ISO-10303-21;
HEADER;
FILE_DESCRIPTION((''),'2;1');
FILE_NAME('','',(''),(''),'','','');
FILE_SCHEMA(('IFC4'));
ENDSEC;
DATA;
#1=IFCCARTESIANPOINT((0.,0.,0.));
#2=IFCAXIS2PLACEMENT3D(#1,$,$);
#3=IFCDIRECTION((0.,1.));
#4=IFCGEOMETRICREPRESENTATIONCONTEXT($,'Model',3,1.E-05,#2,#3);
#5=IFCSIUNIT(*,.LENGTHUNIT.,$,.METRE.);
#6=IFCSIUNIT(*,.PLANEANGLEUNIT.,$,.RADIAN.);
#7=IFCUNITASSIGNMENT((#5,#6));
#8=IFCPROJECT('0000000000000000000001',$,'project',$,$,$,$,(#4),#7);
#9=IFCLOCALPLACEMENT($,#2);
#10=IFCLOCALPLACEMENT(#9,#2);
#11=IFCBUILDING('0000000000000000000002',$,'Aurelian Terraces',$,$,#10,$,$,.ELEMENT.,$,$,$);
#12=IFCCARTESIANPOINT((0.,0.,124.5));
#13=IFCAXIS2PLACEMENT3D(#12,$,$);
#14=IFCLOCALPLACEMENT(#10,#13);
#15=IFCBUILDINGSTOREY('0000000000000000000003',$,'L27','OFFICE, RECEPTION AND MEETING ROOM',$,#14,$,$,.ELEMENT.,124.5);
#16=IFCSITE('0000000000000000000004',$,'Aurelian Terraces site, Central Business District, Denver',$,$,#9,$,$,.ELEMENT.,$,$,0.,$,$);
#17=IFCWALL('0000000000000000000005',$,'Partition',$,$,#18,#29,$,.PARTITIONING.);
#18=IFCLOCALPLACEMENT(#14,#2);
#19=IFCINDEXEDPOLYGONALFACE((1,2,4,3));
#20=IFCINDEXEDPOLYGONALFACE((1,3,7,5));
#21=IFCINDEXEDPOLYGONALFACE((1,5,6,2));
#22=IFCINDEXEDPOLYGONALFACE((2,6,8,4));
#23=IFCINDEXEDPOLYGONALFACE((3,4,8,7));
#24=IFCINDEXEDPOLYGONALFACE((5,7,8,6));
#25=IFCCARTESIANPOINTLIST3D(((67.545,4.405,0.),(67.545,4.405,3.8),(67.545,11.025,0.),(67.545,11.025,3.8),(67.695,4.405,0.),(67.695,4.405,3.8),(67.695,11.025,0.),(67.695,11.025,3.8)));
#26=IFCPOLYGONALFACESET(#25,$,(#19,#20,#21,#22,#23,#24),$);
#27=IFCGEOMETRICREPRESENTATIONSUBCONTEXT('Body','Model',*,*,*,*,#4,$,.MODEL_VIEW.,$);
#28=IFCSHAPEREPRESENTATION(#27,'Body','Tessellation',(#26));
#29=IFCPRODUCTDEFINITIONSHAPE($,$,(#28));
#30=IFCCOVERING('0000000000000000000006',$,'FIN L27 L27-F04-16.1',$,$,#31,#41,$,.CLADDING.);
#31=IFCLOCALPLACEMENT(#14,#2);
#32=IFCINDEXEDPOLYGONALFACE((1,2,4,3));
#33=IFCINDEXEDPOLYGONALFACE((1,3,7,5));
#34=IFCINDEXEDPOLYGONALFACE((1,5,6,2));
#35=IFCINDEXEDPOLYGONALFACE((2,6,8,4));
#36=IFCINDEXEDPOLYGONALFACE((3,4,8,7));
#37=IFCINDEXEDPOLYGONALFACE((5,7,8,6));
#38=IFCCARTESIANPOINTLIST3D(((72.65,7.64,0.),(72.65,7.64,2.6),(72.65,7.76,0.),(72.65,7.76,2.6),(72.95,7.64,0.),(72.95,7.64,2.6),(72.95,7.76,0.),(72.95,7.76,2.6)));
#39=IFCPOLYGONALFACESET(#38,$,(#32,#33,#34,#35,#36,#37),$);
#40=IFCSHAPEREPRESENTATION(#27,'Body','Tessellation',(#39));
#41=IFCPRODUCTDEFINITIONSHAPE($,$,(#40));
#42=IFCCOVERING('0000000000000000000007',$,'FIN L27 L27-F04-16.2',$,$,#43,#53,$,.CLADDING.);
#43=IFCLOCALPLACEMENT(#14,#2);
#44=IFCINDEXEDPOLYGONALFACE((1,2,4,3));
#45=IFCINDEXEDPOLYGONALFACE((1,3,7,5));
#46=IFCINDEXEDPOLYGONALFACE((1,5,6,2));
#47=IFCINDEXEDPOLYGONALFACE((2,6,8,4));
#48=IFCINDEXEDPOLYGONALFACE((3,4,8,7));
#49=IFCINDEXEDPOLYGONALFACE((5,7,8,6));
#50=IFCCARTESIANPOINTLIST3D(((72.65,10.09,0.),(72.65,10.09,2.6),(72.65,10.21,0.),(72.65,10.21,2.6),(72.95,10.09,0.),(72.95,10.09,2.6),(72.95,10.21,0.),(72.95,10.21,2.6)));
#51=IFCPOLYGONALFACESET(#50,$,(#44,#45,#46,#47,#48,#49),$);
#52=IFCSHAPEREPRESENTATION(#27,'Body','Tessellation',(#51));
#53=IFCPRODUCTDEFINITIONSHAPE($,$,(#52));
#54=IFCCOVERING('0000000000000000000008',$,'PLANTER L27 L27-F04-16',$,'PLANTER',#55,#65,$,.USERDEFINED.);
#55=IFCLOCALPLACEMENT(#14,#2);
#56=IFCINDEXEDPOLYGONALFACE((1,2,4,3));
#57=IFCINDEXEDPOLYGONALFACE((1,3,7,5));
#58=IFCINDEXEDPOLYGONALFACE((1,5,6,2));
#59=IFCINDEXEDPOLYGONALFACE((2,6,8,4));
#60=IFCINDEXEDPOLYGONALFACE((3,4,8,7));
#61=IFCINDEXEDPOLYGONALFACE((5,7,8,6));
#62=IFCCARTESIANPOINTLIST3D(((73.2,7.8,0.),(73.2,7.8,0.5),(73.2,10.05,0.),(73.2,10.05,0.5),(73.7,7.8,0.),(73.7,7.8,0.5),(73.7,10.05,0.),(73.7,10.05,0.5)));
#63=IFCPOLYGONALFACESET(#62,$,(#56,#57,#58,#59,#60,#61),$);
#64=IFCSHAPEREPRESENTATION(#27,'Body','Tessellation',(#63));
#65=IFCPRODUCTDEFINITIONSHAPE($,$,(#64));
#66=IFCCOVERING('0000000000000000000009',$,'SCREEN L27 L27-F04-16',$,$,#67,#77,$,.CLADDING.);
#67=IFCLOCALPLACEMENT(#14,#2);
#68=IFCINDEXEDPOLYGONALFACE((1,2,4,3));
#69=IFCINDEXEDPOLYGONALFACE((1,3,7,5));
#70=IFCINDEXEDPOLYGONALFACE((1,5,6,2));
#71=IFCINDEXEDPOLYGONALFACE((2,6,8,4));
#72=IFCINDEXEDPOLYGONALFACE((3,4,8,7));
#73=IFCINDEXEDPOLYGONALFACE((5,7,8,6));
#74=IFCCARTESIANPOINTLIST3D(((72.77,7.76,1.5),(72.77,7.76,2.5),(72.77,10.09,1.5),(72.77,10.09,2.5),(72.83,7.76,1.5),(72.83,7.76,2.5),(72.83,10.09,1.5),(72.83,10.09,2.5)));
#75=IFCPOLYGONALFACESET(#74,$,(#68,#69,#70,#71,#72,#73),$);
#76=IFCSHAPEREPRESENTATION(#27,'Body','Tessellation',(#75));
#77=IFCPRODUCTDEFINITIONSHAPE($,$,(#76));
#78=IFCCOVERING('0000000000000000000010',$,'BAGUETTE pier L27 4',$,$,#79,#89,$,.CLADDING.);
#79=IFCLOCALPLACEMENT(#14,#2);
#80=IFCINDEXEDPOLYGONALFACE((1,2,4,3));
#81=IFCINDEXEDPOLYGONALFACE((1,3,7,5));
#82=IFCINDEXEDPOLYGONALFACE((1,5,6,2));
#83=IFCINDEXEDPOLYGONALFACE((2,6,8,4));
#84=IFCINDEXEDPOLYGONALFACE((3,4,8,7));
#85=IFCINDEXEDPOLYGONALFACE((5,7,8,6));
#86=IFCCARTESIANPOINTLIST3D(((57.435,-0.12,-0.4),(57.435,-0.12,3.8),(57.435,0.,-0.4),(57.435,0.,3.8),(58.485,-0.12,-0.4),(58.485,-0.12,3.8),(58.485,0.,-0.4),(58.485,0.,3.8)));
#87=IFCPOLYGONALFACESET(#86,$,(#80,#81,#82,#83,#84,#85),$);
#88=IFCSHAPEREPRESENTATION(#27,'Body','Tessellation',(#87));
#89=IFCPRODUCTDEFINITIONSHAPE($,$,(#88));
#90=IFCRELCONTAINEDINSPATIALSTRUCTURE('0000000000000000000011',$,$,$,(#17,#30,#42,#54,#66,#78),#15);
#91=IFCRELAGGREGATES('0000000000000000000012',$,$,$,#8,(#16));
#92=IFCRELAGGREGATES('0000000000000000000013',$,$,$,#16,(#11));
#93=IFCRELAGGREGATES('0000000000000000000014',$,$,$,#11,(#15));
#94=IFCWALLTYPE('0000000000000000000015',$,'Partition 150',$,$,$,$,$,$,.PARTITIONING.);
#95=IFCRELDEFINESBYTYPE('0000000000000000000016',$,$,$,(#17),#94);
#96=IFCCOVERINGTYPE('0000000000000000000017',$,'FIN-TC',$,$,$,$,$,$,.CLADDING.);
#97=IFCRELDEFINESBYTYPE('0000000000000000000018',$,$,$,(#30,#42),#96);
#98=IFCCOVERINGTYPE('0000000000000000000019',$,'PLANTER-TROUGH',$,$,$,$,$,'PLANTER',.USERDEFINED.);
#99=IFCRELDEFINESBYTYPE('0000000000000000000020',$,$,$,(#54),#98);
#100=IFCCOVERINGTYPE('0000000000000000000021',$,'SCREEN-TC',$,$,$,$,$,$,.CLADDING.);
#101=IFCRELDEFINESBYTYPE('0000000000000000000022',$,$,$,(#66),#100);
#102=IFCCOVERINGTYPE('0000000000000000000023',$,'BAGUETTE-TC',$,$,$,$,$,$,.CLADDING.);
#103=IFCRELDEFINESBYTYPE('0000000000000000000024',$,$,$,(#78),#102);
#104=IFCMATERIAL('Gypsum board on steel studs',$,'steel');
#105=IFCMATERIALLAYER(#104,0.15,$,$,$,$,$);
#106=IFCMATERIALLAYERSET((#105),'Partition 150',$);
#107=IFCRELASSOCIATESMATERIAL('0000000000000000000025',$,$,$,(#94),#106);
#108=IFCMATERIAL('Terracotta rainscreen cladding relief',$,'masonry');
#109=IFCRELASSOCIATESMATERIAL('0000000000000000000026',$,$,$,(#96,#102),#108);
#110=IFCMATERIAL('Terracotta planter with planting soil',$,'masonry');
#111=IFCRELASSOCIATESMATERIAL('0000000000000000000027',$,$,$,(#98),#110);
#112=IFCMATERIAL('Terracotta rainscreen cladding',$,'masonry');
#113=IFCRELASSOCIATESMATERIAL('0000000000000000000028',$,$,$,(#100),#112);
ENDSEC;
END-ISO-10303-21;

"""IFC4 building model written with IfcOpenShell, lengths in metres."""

from ifc_helpers import new_model, si_unit, direction, frame, frame_2d, origin, origin_2d, place, context, subcontext, project, spatial, rectangle, extrude, source, transform, mapped, material, layer, layer_set, type_object, element, save


model = new_model("IFC4")

# Units and contexts
model_context = context("Model", 3, precision=1e-05, world=origin(), true_north=direction((0.0, 1.0)))
body_context = subcontext(model_context, "Body", "Model", "MODEL_VIEW")
ifc_project = project(units=[si_unit("LENGTHUNIT", "METRE"), si_unit("PLANEANGLEUNIT", "RADIAN")], contexts=[model_context])

# Site, building, storey
site_placement = place(None, origin())
site = spatial("IfcSite", under=ifc_project, at=site_placement, Name="Aurelian Terraces site, Central Business District, Denver", CompositionType="ELEMENT", RefElevation=0.0)
building_placement = place(site_placement, origin())
building = spatial("IfcBuilding", under=site, at=building_placement, Name="Aurelian Terraces", CompositionType="ELEMENT")
storey_placement = place(building_placement, frame((0.0, 0.0, 124.5)))
storey = spatial("IfcBuildingStorey", under=building, at=storey_placement, Name="L27", Description="OFFICE, RECEPTION AND MEETING ROOM", CompositionType="ELEMENT", Elevation=124.5)

# Shared definitions
ifc_material_1 = material(Name="Terracotta rainscreen cladding", Category="masonry")

# Wall
ifc_material_2 = material(Name="Gypsum board on steel studs", Category="steel")
ifc_layer_1 = layer(ifc_material_2, 0.15)
ifc_layer_set_1 = layer_set([ifc_layer_1], Name="Partition 150")
wall_type_1 = type_object("IfcWallType", Name="Partition 150", PredefinedType="PARTITIONING", material=ifc_layer_set_1)
shared_shape_1 = source(origin(), body_context, "Body", "SweptSolid", [
    extrude(rectangle(XDim=6.62, YDim=0.15, at=frame_2d((3.31, 0.0))), origin(), (0.0, 0.0, 1.0), 3.8),
])
wall_1_placement = place(storey_placement, frame((67.62, 4.405, 0.0), z_axis=(0.0, 0.0, 1.0), x_axis=(0.0, 1.0, 0.0)))
element("IfcWall", 1, at=wall_1_placement, inside=storey, type_object=wall_type_1, Name="Partition", PredefinedType="PARTITIONING", context=body_context, shape_type="MappedRepresentation", body=[
    mapped(shared_shape_1, transform((0.0, 0.0, 0.0), scale=1.0)),
])

# Coverings
ifc_material_3 = material(Name="Terracotta rainscreen cladding relief", Category="masonry")
covering_type_1 = type_object("IfcCoveringType", Name="FIN-TC", PredefinedType="CLADDING", material=ifc_material_3)
shared_shape_2 = source(origin(), body_context, "Body", "SweptSolid", [
    extrude(rectangle(XDim=0.3, YDim=0.12, at=origin_2d()), origin(), (0.0, 0.0, 1.0), 2.6),
])
for number, where, z_axis, x_axis, name in (
    (2, (72.8, 7.7, 0.0), (0.0, 0.0, 1.0), (1.0, 0.0, 0.0), "FIN L27 L27-F04-16.1"),
    (3, (72.8, 10.15, 0.0), (0.0, 0.0, 1.0), (1.0, 0.0, 0.0), "FIN L27 L27-F04-16.2"),
):
    element("IfcCovering", number, at=place(storey_placement, frame(where, z_axis=z_axis, x_axis=x_axis)), inside=storey, type_object=covering_type_1, Name=name, PredefinedType="CLADDING", context=body_context, shape_type="MappedRepresentation", body=[
        mapped(shared_shape_2, transform((0.0, 0.0, 0.0), scale=1.0)),
    ])

# Coverings
ifc_material_4 = material(Name="Terracotta planter with planting soil", Category="masonry")
covering_type_2 = type_object("IfcCoveringType", Name="PLANTER-TROUGH", ElementType="PLANTER", PredefinedType="USERDEFINED", material=ifc_material_4)
shared_shape_3 = source(origin(), body_context, "Body", "SweptSolid", [
    extrude(rectangle(XDim=0.5, YDim=2.25, at=origin_2d()), origin(), (0.0, 0.0, 1.0), 0.5),
])
covering_1_placement = place(storey_placement, frame((73.45, 8.925, 0.0), z_axis=(0.0, 0.0, 1.0), x_axis=(1.0, 0.0, 0.0)))
element("IfcCovering", 4, at=covering_1_placement, inside=storey, type_object=covering_type_2, Name="PLANTER L27 L27-F04-16", ObjectType="PLANTER", PredefinedType="USERDEFINED", context=body_context, shape_type="MappedRepresentation", body=[
    mapped(shared_shape_3, transform((0.0, 0.0, 0.0), scale=1.0)),
])
covering_type_3 = type_object("IfcCoveringType", Name="SCREEN-TC", PredefinedType="CLADDING", material=ifc_material_1)
shared_shape_4 = source(origin(), body_context, "Body", "SweptSolid", [
    extrude(rectangle(XDim=0.06, YDim=2.33, at=origin_2d()), origin(), (0.0, 0.0, 1.0), 1.0),
])
covering_2_placement = place(storey_placement, frame((72.8, 8.925, 1.5), z_axis=(0.0, 0.0, 1.0), x_axis=(1.0, 0.0, 0.0)))
element("IfcCovering", 5, at=covering_2_placement, inside=storey, type_object=covering_type_3, Name="SCREEN L27 L27-F04-16", PredefinedType="CLADDING", context=body_context, shape_type="MappedRepresentation", body=[
    mapped(shared_shape_4, transform((0.0, 0.0, 0.0), scale=1.0)),
])
covering_type_4 = type_object("IfcCoveringType", Name="BAGUETTE-TC", PredefinedType="CLADDING", material=ifc_material_3)
shared_shape_5 = source(origin(), body_context, "Body", "SweptSolid", [
    extrude(rectangle(XDim=1.05, YDim=0.12, at=origin_2d()), origin(), (0.0, 0.0, 1.0), 4.2),
])
covering_3_placement = place(storey_placement, frame((57.96, -0.06, -0.4), z_axis=(0.0, 0.0, 1.0), x_axis=(1.0, 0.0, 0.0)))
element("IfcCovering", 6, at=covering_3_placement, inside=storey, type_object=covering_type_4, Name="BAGUETTE pier L27 4", PredefinedType="CLADDING", context=body_context, shape_type="MappedRepresentation", body=[
    mapped(shared_shape_5, transform((0.0, 0.0, 0.0), scale=1.0)),
])

save(model, "model.ifc")
